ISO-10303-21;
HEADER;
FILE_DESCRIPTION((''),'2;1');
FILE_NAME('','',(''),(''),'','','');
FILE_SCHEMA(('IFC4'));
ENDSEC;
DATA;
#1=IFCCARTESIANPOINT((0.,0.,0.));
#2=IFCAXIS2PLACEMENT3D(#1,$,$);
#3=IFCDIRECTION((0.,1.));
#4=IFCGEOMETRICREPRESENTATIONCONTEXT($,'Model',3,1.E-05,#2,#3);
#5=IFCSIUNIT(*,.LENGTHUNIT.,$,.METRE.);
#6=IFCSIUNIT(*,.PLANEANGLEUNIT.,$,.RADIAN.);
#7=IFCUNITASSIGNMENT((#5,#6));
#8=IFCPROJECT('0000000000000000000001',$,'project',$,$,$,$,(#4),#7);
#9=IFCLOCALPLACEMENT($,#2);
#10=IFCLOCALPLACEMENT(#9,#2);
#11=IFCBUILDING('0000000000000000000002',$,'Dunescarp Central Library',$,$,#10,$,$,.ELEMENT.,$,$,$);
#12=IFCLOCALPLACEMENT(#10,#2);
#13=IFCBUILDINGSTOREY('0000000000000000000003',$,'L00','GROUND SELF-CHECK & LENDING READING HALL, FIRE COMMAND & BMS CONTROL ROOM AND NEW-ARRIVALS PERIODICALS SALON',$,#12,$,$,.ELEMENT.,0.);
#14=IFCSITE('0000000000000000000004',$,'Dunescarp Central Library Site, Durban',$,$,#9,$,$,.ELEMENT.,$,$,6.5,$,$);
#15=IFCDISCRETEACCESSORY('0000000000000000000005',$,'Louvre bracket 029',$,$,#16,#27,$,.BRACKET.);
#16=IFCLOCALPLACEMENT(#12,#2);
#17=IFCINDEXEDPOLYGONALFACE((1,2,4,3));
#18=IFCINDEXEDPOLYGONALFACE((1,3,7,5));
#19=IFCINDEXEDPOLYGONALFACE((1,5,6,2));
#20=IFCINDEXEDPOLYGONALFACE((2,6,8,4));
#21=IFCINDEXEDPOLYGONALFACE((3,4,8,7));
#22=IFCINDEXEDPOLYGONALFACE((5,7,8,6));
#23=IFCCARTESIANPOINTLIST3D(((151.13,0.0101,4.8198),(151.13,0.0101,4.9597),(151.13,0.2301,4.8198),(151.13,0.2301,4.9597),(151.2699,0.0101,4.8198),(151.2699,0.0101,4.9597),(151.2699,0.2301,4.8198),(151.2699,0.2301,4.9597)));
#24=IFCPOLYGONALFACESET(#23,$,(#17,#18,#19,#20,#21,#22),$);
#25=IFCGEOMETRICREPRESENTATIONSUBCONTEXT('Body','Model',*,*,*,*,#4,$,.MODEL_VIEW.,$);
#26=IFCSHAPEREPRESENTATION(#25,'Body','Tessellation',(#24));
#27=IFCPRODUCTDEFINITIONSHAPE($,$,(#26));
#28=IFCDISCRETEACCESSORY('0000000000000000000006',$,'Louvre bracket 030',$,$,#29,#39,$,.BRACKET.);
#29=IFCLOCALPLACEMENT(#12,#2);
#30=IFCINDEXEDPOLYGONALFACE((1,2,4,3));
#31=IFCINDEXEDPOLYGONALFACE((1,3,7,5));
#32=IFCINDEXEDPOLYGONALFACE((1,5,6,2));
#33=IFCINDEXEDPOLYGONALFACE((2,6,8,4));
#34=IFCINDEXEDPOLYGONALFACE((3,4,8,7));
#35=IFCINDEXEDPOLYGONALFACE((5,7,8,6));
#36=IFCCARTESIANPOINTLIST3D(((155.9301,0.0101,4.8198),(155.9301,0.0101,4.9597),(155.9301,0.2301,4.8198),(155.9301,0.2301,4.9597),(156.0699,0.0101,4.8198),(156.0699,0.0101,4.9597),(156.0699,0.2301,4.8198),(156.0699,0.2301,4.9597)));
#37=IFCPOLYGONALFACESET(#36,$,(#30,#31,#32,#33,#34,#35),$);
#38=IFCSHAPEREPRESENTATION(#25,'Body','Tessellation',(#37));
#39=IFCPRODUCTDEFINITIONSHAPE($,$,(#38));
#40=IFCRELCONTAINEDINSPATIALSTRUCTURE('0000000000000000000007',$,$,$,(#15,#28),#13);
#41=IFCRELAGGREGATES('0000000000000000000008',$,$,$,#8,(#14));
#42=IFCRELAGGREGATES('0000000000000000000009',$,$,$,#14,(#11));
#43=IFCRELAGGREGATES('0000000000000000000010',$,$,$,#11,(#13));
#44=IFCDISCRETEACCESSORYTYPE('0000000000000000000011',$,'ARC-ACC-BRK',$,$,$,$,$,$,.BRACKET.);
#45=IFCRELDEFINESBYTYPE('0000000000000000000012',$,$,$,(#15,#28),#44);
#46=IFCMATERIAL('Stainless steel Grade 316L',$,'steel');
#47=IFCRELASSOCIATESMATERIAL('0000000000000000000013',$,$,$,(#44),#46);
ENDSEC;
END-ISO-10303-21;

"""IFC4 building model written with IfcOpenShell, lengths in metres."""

from ifc_helpers import new_model, si_unit, direction, frame, origin, origin_2d, place, context, subcontext, project, spatial, rectangle, extrude, material, type_object, element, save


model = new_model("IFC4")

# Units and contexts
model_context = context("Model", 3, precision=1e-05, world=origin(), true_north=direction((0.0, 1.0)))
body_context = subcontext(model_context, "Body", "Model", "MODEL_VIEW")
ifc_project = project(units=[si_unit("LENGTHUNIT", "METRE"), si_unit("PLANEANGLEUNIT", "RADIAN")], contexts=[model_context])

# Site, building, storey
site_placement = place(None, origin())
site = spatial("IfcSite", under=ifc_project, at=site_placement, Name="Dunescarp Central Library Site, Durban", CompositionType="ELEMENT", RefElevation=6.5)
building_placement = place(site_placement, origin())
building = spatial("IfcBuilding", under=site, at=building_placement, Name="Dunescarp Central Library", CompositionType="ELEMENT")
storey_placement = place(building_placement, origin())
storey = spatial("IfcBuildingStorey", under=building, at=storey_placement, Name="L00", Description="GROUND SELF-CHECK & LENDING READING HALL, FIRE COMMAND & BMS CONTROL ROOM AND NEW-ARRIVALS PERIODICALS SALON", CompositionType="ELEMENT", Elevation=0.0)

# Discrete accessories
ifc_material_1 = material(Name="Stainless steel Grade 316L", Category="steel")
discrete_accessory_type = type_object("IfcDiscreteAccessoryType", Name="ARC-ACC-BRK", PredefinedType="BRACKET", material=ifc_material_1)
for number, where, z_axis, x_axis, name in (
    (1, (151.2, 0.1201, 4.8198), (0.0, 0.0, 1.0), (1.0, 0.0, 0.0), "Louvre bracket 029"),
    (2, (156.0, 0.1201, 4.8198), (0.0, 0.0, 1.0), (1.0, 0.0, 0.0), "Louvre bracket 030"),
):
    element("IfcDiscreteAccessory", number, at=place(storey_placement, frame(where, z_axis=z_axis, x_axis=x_axis)), inside=storey, type_object=discrete_accessory_type, Name=name, PredefinedType="BRACKET", context=body_context, shape_type="SweptSolid", body=[
        extrude(rectangle(XDim=0.1399, YDim=0.22, at=origin_2d()), origin(), (0.0, 0.0, 1.0), 0.1399),
    ])

save(model, "model.ifc")
